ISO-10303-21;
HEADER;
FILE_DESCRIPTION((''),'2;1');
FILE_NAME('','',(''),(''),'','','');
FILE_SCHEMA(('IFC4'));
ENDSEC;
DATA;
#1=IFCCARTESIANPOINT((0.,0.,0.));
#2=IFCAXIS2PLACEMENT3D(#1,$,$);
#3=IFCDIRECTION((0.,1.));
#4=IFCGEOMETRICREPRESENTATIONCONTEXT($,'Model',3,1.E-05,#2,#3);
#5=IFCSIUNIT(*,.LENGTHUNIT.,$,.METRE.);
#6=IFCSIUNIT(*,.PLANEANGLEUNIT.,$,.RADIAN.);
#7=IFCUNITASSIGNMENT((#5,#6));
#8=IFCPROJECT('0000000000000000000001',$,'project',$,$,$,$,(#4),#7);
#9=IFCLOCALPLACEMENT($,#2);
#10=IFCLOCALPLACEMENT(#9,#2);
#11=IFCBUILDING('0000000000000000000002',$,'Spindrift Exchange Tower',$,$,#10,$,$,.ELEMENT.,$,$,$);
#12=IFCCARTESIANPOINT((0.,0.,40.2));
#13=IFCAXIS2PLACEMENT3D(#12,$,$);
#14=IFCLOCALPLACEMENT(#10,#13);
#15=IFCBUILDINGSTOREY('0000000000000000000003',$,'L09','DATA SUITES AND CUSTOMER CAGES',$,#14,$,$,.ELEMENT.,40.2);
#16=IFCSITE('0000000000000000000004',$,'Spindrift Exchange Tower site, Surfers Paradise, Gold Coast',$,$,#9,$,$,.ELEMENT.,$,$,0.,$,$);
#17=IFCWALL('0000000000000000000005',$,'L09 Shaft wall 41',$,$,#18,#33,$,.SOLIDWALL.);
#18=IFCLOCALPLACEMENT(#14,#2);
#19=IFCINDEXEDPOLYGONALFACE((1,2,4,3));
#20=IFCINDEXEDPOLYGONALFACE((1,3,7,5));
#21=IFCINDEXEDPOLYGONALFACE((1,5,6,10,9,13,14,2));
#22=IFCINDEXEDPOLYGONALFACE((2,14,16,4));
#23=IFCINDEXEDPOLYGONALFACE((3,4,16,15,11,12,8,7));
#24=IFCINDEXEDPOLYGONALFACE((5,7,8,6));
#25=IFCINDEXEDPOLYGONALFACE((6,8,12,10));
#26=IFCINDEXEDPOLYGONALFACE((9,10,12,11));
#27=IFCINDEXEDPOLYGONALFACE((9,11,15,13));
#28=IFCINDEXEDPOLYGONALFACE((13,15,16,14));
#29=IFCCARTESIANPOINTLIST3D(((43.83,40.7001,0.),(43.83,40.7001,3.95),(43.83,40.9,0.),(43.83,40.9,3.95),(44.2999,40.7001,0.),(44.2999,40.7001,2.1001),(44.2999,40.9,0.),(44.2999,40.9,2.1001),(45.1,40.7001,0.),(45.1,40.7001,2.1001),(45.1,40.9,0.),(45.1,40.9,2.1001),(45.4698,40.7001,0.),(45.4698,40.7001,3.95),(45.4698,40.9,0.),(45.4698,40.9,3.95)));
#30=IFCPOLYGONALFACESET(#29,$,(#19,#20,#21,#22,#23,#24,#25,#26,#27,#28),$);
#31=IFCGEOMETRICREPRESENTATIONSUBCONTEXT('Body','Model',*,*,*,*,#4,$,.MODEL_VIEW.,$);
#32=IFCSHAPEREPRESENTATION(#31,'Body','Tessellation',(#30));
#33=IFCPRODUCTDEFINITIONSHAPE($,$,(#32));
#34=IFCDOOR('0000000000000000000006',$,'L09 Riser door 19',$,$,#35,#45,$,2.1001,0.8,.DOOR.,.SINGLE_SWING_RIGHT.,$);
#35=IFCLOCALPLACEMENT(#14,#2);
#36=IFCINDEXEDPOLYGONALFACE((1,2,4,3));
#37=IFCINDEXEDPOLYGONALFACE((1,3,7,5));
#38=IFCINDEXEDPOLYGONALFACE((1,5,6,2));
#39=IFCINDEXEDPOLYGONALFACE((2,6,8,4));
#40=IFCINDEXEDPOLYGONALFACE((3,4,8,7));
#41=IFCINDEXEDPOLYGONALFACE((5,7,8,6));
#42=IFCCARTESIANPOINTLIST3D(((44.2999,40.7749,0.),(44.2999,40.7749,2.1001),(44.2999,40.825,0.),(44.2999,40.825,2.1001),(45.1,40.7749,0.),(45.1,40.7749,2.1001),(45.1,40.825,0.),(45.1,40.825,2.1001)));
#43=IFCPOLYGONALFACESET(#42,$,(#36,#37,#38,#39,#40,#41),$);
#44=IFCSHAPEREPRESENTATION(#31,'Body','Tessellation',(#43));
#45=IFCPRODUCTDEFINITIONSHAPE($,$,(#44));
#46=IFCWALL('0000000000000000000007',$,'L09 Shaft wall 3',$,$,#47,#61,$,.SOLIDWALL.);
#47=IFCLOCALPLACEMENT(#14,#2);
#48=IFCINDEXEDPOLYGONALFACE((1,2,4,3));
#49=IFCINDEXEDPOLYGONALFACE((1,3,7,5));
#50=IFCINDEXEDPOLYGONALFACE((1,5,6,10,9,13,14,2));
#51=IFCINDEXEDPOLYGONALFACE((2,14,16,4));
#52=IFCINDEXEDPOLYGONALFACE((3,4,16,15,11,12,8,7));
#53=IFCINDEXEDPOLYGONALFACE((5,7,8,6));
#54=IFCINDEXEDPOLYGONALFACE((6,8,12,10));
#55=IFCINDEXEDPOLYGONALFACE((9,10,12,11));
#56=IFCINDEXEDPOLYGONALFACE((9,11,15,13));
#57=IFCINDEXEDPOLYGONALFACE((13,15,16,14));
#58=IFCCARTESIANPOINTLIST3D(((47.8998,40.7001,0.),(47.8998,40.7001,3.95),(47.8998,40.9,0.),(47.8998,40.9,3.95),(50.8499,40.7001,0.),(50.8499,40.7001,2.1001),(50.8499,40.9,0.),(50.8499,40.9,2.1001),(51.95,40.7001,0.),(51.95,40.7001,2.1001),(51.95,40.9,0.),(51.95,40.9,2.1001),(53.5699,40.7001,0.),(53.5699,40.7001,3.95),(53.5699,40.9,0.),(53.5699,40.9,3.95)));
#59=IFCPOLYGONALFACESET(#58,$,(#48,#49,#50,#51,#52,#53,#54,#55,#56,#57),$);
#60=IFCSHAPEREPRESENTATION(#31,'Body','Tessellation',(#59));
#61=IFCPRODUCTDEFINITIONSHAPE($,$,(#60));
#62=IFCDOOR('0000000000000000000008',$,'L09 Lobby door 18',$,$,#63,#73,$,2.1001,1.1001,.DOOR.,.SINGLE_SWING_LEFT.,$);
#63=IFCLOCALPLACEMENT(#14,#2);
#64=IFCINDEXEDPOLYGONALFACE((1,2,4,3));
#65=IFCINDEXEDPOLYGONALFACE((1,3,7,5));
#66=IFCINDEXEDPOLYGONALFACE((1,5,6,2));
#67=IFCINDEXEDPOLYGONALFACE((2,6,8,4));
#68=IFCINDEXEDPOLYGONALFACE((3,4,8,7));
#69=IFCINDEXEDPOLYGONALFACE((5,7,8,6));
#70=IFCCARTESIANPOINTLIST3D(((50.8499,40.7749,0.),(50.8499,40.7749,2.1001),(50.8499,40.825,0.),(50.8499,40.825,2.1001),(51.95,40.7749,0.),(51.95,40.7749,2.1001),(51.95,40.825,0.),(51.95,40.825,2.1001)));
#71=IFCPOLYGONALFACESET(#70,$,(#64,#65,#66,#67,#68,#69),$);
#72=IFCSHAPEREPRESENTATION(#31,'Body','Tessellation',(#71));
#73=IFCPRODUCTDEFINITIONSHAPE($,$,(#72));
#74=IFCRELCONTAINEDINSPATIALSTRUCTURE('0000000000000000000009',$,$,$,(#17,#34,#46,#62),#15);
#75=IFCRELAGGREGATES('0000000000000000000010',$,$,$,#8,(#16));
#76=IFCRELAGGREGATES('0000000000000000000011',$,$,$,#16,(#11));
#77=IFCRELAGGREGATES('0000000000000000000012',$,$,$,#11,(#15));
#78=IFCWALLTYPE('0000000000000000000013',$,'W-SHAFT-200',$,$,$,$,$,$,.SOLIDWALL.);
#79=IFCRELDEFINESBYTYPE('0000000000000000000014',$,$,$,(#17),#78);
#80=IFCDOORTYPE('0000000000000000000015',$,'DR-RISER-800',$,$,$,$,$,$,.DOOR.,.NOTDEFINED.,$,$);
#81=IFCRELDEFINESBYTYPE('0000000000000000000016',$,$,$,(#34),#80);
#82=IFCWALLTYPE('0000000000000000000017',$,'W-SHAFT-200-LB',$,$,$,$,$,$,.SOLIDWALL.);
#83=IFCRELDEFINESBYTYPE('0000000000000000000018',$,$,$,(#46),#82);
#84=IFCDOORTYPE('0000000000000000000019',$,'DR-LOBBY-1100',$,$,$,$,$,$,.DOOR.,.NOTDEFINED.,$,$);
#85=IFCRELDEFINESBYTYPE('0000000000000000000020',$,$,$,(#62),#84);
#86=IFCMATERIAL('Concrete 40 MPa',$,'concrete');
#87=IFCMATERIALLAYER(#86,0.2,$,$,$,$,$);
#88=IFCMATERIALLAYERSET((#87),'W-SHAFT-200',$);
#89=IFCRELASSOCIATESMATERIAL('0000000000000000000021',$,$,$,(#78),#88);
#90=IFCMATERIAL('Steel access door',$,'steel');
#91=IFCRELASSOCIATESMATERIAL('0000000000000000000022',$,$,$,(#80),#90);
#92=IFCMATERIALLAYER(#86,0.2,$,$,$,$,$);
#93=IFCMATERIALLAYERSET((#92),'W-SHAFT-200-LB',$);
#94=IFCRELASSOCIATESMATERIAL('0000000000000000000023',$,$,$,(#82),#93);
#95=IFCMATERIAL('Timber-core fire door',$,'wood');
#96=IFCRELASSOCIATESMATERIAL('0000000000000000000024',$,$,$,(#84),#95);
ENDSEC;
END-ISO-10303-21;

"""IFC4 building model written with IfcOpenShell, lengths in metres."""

from ifc_helpers import new_model, si_unit, direction, frame, frame_2d, origin, place, context, subcontext, project, spatial, rectangle, extrude, source, transform, mapped, material, layer, layer_set, type_object, element, fill, save


model = new_model("IFC4")

# Units and contexts
model_context = context("Model", 3, precision=1e-05, world=origin(), true_north=direction((0.0, 1.0)))
body_context = subcontext(model_context, "Body", "Model", "MODEL_VIEW")
ifc_project = project(units=[si_unit("LENGTHUNIT", "METRE"), si_unit("PLANEANGLEUNIT", "RADIAN")], contexts=[model_context])

# Site, building, storey
site_placement = place(None, origin())
site = spatial("IfcSite", under=ifc_project, at=site_placement, Name="Spindrift Exchange Tower site, Surfers Paradise, Gold Coast", CompositionType="ELEMENT", RefElevation=0.0)
building_placement = place(site_placement, origin())
building = spatial("IfcBuilding", under=site, at=building_placement, Name="Spindrift Exchange Tower", CompositionType="ELEMENT")
storey_placement = place(building_placement, frame((0.0, 0.0, 40.2)))
storey = spatial("IfcBuildingStorey", under=building, at=storey_placement, Name="L09", Description="DATA SUITES AND CUSTOMER CAGES", CompositionType="ELEMENT", Elevation=40.2)

# Shared definitions
ifc_material_1 = material(Name="Steel access door", Category="steel")

# Shared definitions
ifc_material_2 = material(Name="Timber-core fire door", Category="wood")

# Shared definitions
ifc_material_3 = material(Name="Concrete 40 MPa", Category="concrete")
ifc_layer_1 = layer(ifc_material_3, 0.2)
ifc_layer_set_1 = layer_set([ifc_layer_1], Name="W-SHAFT-200")
wall_type_1 = type_object("IfcWallType", Name="W-SHAFT-200", PredefinedType="SOLIDWALL", material=ifc_layer_set_1)

# Walls, openings, doors
wall_1_placement = place(storey_placement, frame((43.8301, 40.8, 0.0), z_axis=(0.0, 0.0, 1.0), x_axis=(1.0, 0.0, 0.0)))
wall_1 = element("IfcWall", 1, at=wall_1_placement, inside=storey, type_object=wall_type_1, Name="L09 Shaft wall 41", PredefinedType="SOLIDWALL", context=body_context, shape_type="SweptSolid", body=[
    extrude(rectangle(XDim=1.6399, YDim=0.2, at=frame_2d((0.8198, 0.0))), origin(), (0.0, 0.0, 1.0), 3.95),
])
opening_1_placement = place(wall_1_placement, frame((0.47, 0.0, 0.0)))
opening_1 = element("IfcOpeningElement", 2, at=opening_1_placement, cuts=wall_1, PredefinedType="OPENING", context=body_context, shape_type="SweptSolid", body=[
    extrude(rectangle(XDim=0.8, YDim=2.1001, at=frame_2d((0.3999, 1.05))), frame((0.0, 0.1099, 0.0), z_axis=(0.0, -1.0, 0.0), x_axis=(1.0, 0.0, 0.0)), (0.0, 0.0, 1.0), 0.22),
])
door_type_1 = type_object("IfcDoorType", Name="DR-RISER-800", OperationType="NOTDEFINED", PredefinedType="DOOR", material=ifc_material_1)
shared_shape_1 = source(origin(), body_context, "Body", "SweptSolid", [
    extrude(rectangle(XDim=0.8, YDim=2.1001, at=frame_2d((0.3999, 1.05))), frame((0.0, 0.0249, 0.0), z_axis=(0.0, -1.0, 0.0), x_axis=(1.0, 0.0, 0.0)), (0.0, 0.0, 1.0), 0.05),
])
door_1_placement = place(opening_1_placement, origin())
door_1 = element("IfcDoor", 3, at=door_1_placement, inside=storey, type_object=door_type_1, Name="L09 Riser door 19", OperationType="SINGLE_SWING_RIGHT", OverallHeight=2.1001, OverallWidth=0.8, PredefinedType="DOOR", context=body_context, shape_type="MappedRepresentation", body=[
    mapped(shared_shape_1, transform((0.0, 0.0, 0.0), scale=1.0)),
])
fill(opening_1, door_1)
ifc_layer_2 = layer(ifc_material_3, 0.2)
ifc_layer_set_2 = layer_set([ifc_layer_2], Name="W-SHAFT-200-LB")
wall_type_2 = type_object("IfcWallType", Name="W-SHAFT-200-LB", PredefinedType="SOLIDWALL", material=ifc_layer_set_2)
wall_2_placement = place(storey_placement, frame((47.8999, 40.8, 0.0), z_axis=(0.0, 0.0, 1.0), x_axis=(1.0, 0.0, 0.0)))
wall_2 = element("IfcWall", 4, at=wall_2_placement, inside=storey, type_object=wall_type_2, Name="L09 Shaft wall 3", PredefinedType="SOLIDWALL", context=body_context, shape_type="SweptSolid", body=[
    extrude(rectangle(XDim=5.6702, YDim=0.2, at=frame_2d((2.835, 0.0))), origin(), (0.0, 0.0, 1.0), 3.95),
])
opening_2_placement = place(wall_2_placement, frame((2.95, 0.0, 0.0)))
opening_2 = element("IfcOpeningElement", 5, at=opening_2_placement, cuts=wall_2, PredefinedType="OPENING", context=body_context, shape_type="SweptSolid", body=[
    extrude(rectangle(XDim=1.1001, YDim=2.1001, at=frame_2d((0.55, 1.05))), frame((0.0, 0.1099, 0.0), z_axis=(0.0, -1.0, 0.0), x_axis=(1.0, 0.0, 0.0)), (0.0, 0.0, 1.0), 0.22),
])
door_type_2 = type_object("IfcDoorType", Name="DR-LOBBY-1100", OperationType="NOTDEFINED", PredefinedType="DOOR", material=ifc_material_2)
shared_shape_2 = source(origin(), body_context, "Body", "SweptSolid", [
    extrude(rectangle(XDim=1.1001, YDim=2.1001, at=frame_2d((0.55, 1.05))), frame((0.0, 0.0249, 0.0), z_axis=(0.0, -1.0, 0.0), x_axis=(1.0, 0.0, 0.0)), (0.0, 0.0, 1.0), 0.05),
])
door_2_placement = place(opening_2_placement, origin())
door_2 = element("IfcDoor", 6, at=door_2_placement, inside=storey, type_object=door_type_2, Name="L09 Lobby door 18", OperationType="SINGLE_SWING_LEFT", OverallHeight=2.1001, OverallWidth=1.1001, PredefinedType="DOOR", context=body_context, shape_type="MappedRepresentation", body=[
    mapped(shared_shape_2, transform((0.0, 0.0, 0.0), scale=1.0)),
])
fill(opening_2, door_2)

save(model, "model.ifc")
